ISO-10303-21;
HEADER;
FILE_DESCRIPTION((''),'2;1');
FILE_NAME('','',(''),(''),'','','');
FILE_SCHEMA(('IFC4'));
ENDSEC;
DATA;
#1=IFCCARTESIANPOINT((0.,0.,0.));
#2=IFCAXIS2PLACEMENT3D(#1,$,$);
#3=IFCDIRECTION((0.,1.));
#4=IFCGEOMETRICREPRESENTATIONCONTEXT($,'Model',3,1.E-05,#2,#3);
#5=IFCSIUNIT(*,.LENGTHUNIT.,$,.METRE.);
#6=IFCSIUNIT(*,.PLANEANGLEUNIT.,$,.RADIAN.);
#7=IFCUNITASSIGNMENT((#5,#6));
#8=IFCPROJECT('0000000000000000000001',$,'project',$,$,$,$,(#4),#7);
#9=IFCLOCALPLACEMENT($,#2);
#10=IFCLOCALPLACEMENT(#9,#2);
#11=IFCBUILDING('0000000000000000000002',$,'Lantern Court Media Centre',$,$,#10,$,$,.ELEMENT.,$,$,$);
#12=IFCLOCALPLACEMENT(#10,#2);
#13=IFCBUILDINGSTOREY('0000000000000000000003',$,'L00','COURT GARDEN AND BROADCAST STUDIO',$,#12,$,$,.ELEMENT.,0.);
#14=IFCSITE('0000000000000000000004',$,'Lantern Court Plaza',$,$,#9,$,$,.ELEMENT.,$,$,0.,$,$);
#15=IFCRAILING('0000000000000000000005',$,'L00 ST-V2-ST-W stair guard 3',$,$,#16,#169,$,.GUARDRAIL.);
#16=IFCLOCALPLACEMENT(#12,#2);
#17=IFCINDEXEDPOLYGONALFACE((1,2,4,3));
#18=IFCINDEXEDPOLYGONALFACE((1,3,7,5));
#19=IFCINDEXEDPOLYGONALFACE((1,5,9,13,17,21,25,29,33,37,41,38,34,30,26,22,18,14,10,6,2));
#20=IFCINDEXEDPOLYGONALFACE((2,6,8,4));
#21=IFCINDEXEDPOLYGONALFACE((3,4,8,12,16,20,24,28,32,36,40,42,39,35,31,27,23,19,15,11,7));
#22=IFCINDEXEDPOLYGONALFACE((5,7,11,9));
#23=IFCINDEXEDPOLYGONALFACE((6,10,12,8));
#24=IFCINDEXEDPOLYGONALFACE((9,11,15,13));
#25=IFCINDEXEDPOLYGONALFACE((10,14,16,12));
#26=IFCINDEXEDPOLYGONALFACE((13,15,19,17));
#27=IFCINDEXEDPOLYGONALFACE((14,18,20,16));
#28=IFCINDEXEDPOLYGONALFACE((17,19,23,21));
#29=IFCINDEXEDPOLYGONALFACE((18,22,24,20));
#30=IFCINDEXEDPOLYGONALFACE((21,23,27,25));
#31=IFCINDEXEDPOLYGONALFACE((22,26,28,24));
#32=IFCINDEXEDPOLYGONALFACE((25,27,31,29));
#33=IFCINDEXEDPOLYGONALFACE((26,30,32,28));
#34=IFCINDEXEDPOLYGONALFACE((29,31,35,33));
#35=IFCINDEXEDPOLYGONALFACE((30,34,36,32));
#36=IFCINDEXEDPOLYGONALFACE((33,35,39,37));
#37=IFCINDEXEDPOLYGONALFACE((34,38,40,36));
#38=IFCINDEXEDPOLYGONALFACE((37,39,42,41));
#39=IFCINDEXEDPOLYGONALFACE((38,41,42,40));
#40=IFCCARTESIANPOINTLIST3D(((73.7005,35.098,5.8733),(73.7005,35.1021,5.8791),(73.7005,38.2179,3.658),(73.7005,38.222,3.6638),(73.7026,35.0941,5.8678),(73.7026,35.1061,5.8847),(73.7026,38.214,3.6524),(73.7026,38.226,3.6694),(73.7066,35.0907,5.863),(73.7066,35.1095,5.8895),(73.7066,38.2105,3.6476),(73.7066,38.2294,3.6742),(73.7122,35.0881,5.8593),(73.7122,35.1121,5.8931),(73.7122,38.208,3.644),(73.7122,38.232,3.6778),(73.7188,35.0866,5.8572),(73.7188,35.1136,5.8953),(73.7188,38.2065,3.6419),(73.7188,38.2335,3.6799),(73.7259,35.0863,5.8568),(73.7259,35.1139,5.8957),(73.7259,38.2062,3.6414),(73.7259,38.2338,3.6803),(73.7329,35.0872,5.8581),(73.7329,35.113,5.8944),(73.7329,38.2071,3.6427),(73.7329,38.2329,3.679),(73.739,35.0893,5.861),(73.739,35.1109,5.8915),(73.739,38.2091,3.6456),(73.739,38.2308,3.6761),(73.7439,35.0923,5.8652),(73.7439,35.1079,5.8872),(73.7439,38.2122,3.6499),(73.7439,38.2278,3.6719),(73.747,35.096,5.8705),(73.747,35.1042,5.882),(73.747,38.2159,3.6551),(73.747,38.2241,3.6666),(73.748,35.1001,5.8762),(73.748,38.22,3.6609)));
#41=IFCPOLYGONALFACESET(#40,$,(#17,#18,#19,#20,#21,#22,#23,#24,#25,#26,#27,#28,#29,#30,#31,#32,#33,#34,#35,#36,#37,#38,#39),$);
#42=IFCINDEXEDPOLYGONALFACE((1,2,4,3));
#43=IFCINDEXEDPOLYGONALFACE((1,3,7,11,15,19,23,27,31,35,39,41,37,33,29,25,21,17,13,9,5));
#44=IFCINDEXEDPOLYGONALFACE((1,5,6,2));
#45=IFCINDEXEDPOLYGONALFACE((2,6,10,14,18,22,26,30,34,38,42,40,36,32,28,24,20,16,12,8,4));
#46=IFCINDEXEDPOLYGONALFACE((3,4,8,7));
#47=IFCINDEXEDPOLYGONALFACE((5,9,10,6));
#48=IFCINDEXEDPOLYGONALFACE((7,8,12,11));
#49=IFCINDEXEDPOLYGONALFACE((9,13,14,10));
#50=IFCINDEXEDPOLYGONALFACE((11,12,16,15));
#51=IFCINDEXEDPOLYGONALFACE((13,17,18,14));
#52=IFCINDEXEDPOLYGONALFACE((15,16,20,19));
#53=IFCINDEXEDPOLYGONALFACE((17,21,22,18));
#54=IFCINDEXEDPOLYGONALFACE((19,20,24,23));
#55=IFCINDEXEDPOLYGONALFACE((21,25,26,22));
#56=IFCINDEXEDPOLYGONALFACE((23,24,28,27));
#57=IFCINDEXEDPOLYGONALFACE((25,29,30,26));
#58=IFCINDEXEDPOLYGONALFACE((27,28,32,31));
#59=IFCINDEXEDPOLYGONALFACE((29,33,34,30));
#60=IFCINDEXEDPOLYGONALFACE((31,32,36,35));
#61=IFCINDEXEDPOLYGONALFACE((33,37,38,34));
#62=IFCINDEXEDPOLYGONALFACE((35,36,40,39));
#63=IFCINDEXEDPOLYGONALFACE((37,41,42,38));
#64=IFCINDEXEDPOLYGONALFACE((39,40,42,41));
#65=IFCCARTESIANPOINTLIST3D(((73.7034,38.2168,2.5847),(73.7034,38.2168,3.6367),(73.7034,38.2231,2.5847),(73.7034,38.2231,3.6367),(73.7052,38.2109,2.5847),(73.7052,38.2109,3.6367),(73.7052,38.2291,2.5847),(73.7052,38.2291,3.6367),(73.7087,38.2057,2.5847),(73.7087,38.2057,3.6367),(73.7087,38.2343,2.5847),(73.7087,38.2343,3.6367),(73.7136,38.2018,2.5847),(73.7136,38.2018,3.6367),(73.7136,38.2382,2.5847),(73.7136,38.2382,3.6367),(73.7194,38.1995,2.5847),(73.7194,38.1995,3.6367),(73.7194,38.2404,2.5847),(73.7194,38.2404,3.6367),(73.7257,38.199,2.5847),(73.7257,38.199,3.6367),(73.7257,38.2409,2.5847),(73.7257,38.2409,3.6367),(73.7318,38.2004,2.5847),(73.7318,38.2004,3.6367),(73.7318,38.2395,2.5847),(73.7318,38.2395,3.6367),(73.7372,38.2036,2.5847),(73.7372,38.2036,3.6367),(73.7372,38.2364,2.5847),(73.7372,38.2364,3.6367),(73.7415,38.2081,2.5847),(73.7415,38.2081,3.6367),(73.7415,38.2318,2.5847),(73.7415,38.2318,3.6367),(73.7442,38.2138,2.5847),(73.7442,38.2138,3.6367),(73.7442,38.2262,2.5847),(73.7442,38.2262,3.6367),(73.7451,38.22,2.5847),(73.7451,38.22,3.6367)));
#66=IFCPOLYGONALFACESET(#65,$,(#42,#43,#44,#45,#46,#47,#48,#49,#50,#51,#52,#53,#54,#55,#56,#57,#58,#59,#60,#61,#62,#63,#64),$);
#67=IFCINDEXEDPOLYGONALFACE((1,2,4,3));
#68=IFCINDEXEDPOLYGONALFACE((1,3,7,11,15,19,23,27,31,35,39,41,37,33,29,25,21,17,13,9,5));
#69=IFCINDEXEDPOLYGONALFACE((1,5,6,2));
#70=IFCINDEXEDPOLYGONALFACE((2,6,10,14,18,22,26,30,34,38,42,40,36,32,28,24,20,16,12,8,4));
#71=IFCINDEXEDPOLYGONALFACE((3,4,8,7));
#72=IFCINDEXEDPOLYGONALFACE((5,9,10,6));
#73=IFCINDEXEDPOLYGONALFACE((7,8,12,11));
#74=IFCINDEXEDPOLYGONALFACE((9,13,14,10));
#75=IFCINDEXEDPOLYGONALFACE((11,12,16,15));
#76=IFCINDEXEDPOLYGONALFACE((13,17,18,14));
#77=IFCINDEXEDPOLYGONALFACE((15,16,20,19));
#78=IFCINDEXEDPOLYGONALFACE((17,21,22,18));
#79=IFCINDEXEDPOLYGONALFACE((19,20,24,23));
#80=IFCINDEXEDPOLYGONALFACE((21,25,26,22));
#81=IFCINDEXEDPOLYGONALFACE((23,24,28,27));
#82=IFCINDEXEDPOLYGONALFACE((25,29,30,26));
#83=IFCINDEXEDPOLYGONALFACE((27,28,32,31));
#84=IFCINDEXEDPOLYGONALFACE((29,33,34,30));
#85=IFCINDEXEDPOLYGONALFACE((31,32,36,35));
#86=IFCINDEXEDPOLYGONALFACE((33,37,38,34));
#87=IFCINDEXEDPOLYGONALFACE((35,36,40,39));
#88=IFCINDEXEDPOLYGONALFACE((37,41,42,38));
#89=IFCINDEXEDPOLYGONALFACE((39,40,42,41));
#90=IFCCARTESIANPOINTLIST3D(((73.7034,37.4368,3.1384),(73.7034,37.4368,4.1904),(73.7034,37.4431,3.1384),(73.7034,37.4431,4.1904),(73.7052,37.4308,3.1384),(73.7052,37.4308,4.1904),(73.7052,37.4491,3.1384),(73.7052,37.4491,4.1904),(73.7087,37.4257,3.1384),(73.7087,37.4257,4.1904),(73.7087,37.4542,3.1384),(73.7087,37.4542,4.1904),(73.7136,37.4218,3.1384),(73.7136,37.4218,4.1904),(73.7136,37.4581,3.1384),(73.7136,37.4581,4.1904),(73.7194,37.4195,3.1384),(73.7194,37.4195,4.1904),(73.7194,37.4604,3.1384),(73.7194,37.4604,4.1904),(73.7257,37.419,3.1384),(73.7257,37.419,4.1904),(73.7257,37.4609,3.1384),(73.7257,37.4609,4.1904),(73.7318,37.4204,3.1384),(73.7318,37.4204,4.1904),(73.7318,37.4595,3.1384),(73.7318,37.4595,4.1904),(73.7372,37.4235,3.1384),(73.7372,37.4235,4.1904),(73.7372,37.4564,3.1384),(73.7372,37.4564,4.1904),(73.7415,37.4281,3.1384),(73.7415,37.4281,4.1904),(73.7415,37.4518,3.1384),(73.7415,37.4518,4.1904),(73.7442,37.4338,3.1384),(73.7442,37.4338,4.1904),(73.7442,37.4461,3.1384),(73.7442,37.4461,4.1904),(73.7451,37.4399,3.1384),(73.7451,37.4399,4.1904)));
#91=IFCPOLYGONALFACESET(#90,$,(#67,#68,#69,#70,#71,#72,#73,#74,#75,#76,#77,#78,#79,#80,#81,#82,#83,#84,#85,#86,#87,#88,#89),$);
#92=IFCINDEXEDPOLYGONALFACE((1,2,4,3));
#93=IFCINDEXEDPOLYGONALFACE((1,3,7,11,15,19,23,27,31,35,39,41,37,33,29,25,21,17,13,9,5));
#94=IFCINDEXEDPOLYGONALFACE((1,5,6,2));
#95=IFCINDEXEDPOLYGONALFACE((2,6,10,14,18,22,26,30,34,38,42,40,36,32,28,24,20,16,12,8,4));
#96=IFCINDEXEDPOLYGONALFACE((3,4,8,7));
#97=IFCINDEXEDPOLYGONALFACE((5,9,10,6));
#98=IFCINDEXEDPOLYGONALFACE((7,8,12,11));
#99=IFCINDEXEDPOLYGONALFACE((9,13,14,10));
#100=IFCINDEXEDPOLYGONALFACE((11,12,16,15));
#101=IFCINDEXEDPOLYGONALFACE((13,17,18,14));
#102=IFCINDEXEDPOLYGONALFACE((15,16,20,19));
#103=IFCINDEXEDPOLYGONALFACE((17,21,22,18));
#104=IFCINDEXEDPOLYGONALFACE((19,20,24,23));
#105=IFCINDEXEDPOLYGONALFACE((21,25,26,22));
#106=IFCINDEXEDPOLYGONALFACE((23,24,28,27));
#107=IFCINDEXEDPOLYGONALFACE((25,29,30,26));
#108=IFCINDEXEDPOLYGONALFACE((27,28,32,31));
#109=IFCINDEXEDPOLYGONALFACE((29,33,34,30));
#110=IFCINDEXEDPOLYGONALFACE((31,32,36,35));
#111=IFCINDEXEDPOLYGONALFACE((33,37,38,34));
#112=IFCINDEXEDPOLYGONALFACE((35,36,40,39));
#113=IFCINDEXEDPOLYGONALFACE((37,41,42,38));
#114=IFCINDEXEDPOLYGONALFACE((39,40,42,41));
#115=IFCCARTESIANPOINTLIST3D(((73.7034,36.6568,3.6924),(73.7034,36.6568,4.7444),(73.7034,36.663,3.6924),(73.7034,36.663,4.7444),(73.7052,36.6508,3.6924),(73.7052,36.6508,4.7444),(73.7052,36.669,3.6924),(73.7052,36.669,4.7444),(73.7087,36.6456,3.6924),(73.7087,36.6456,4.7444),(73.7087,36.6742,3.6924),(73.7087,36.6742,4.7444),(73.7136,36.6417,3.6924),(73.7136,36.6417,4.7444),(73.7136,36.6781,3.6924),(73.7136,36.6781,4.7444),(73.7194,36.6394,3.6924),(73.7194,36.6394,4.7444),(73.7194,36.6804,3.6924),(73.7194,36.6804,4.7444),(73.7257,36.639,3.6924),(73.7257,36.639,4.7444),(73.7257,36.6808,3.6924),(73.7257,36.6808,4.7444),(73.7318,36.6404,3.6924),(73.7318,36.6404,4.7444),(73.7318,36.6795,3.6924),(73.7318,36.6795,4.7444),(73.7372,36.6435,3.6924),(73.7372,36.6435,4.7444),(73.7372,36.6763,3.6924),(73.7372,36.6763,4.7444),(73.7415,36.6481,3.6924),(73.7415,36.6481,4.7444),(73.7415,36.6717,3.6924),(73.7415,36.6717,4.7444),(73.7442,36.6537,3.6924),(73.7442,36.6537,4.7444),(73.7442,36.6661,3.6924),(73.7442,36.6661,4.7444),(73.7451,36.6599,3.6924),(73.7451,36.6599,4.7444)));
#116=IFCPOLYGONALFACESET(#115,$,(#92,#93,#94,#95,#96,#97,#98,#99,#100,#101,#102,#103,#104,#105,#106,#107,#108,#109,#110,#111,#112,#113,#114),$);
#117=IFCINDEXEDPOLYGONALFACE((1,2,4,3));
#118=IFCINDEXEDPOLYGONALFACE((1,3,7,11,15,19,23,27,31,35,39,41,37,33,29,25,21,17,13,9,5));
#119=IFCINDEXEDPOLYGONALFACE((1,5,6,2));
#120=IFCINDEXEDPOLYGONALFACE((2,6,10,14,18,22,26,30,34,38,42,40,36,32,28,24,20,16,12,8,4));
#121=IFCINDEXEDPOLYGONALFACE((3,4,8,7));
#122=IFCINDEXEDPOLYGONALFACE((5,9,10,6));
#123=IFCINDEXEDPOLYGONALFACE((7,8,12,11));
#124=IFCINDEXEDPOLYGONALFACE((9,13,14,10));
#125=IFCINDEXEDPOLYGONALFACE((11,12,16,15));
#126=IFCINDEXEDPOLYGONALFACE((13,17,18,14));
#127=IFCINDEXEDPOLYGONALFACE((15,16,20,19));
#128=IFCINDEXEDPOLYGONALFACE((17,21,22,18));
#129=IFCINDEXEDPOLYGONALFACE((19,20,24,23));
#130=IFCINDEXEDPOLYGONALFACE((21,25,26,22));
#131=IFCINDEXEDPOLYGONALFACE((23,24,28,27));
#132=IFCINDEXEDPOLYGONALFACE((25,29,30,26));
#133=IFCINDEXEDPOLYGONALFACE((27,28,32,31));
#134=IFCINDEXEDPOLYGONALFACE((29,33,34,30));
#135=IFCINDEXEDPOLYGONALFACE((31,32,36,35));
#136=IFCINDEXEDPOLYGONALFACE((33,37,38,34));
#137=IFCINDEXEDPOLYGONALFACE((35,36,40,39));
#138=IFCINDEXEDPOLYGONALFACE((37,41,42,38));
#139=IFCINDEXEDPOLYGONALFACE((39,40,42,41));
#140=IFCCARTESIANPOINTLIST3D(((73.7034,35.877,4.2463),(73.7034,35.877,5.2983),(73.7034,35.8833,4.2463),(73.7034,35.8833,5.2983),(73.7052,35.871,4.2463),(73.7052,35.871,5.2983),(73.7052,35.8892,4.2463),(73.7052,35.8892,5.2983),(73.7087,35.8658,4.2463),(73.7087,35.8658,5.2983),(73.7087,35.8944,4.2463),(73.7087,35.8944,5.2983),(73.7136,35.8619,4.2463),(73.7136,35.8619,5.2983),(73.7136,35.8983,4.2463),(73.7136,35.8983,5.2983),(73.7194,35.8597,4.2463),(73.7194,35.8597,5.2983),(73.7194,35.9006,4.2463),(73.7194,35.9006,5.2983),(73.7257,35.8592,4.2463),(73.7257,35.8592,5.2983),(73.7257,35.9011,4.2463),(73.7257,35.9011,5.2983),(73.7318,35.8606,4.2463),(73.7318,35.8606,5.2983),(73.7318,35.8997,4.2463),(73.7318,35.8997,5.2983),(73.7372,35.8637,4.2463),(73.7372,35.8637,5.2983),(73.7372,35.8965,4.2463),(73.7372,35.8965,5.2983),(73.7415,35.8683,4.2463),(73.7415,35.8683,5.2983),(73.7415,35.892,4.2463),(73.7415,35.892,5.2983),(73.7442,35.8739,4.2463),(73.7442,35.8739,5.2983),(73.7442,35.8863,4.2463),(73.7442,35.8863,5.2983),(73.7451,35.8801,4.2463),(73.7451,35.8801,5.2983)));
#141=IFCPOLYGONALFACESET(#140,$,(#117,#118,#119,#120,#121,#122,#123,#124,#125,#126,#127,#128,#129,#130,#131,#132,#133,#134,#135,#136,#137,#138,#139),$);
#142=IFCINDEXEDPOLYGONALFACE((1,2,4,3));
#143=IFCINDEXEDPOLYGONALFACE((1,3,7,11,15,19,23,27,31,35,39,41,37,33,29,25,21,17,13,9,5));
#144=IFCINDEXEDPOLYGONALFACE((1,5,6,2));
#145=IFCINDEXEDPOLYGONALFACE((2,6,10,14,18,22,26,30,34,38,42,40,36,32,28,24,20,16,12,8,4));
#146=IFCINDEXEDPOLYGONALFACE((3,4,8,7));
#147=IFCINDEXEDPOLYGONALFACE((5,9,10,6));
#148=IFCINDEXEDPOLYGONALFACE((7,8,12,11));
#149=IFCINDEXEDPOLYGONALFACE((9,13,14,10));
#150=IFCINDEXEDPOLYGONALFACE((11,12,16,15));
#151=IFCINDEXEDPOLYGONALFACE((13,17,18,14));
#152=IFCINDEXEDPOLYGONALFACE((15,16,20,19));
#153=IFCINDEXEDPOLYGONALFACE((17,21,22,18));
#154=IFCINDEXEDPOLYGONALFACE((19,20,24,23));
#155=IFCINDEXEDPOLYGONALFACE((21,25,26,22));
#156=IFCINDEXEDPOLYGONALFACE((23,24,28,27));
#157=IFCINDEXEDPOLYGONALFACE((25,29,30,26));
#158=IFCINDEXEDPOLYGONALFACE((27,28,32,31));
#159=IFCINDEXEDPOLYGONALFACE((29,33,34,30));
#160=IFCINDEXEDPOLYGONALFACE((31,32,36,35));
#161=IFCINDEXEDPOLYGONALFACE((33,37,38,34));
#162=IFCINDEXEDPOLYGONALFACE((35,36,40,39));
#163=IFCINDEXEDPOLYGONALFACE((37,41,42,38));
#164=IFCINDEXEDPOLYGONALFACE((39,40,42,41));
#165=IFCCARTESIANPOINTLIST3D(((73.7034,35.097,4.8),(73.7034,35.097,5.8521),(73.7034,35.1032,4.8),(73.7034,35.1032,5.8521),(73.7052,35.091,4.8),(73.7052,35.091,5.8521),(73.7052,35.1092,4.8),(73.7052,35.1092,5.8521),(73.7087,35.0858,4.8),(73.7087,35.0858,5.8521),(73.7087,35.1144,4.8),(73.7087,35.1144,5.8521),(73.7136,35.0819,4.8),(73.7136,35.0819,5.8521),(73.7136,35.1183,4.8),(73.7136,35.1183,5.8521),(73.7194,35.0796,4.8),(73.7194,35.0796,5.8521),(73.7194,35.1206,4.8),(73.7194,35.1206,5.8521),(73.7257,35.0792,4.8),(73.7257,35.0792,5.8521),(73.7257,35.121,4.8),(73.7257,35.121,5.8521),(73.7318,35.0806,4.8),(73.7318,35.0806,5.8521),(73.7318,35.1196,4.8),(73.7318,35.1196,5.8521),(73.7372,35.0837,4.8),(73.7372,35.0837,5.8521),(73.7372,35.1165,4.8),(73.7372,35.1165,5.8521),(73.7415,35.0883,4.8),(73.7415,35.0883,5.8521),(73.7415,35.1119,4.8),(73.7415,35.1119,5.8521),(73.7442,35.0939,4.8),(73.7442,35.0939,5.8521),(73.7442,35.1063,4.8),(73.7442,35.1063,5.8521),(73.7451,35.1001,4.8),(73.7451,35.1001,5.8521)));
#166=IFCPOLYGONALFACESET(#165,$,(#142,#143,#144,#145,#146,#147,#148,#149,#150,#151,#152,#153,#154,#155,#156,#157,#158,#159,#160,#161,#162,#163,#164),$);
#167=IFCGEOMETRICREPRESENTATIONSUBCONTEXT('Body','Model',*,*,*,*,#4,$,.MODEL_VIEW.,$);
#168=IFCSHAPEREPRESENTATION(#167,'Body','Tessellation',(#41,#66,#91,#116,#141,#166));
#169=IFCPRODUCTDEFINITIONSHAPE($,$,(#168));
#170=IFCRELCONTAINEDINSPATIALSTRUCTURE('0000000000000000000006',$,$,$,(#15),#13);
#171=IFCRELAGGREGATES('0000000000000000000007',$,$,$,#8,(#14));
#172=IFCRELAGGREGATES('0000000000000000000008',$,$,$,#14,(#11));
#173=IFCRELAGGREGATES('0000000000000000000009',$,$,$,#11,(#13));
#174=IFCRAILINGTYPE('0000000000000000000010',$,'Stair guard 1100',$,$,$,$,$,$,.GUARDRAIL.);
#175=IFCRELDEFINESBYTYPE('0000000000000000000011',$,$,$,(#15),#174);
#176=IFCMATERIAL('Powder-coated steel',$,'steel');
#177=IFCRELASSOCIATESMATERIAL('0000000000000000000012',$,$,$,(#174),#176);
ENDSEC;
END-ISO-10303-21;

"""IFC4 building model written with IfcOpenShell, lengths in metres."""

from ifc_helpers import new_model, si_unit, direction, frame, origin, origin_2d, place, context, subcontext, project, spatial, circle, extrude, material, type_object, element, save


model = new_model("IFC4")

# Units and contexts
model_context = context("Model", 3, precision=1e-05, world=origin(), true_north=direction((0.0, 1.0)))
body_context = subcontext(model_context, "Body", "Model", "MODEL_VIEW")
ifc_project = project(units=[si_unit("LENGTHUNIT", "METRE"), si_unit("PLANEANGLEUNIT", "RADIAN")], contexts=[model_context])

# Site, building, storey
site_placement = place(None, origin())
site = spatial("IfcSite", under=ifc_project, at=site_placement, Name="Lantern Court Plaza", CompositionType="ELEMENT", RefElevation=0.0)
building_placement = place(site_placement, origin())
building = spatial("IfcBuilding", under=site, at=building_placement, Name="Lantern Court Media Centre", CompositionType="ELEMENT")
storey_placement = place(building_placement, origin())
storey = spatial("IfcBuildingStorey", under=building, at=storey_placement, Name="L00", Description="COURT GARDEN AND BROADCAST STUDIO", CompositionType="ELEMENT", Elevation=0.0)

# Railing
ifc_material_1 = material(Name="Powder-coated steel", Category="steel")
railing_type_1 = type_object("IfcRailingType", Name="Stair guard 1100", PredefinedType="GUARDRAIL", material=ifc_material_1)
railing_1_placement = place(storey_placement, frame((73.7241, 38.22, 2.5847)))
element("IfcRailing", 1, at=railing_1_placement, inside=storey, type_object=railing_type_1, Name="L00 ST-V2-ST-W stair guard 3", PredefinedType="GUARDRAIL", context=body_context, shape_type="SweptSolid", body=[
    extrude(circle(Radius=0.0239, at=origin_2d()), frame((0.0, 0.0, 1.0762), z_axis=(0.0, -0.815356, 0.578961), x_axis=(1.0, 0.0, 0.0)), (0.0, 0.0, 1.0), 3.8264),
    extrude(circle(Radius=0.021, at=origin_2d()), origin(), (0.0, 0.0, 1.0), 1.052),
    extrude(circle(Radius=0.021, at=origin_2d()), frame((0.0, -0.78, 0.5537)), (0.0, 0.0, 1.0), 1.052),
    extrude(circle(Radius=0.021, at=origin_2d()), frame((0.0, -1.5601, 1.1077)), (0.0, 0.0, 1.0), 1.052),
    extrude(circle(Radius=0.021, at=origin_2d()), frame((0.0, -2.3398, 1.6616)), (0.0, 0.0, 1.0), 1.052),
    extrude(circle(Radius=0.021, at=origin_2d()), frame((0.0, -3.1199, 2.2153)), (0.0, 0.0, 1.0), 1.052),
])

save(model, "model.ifc")
